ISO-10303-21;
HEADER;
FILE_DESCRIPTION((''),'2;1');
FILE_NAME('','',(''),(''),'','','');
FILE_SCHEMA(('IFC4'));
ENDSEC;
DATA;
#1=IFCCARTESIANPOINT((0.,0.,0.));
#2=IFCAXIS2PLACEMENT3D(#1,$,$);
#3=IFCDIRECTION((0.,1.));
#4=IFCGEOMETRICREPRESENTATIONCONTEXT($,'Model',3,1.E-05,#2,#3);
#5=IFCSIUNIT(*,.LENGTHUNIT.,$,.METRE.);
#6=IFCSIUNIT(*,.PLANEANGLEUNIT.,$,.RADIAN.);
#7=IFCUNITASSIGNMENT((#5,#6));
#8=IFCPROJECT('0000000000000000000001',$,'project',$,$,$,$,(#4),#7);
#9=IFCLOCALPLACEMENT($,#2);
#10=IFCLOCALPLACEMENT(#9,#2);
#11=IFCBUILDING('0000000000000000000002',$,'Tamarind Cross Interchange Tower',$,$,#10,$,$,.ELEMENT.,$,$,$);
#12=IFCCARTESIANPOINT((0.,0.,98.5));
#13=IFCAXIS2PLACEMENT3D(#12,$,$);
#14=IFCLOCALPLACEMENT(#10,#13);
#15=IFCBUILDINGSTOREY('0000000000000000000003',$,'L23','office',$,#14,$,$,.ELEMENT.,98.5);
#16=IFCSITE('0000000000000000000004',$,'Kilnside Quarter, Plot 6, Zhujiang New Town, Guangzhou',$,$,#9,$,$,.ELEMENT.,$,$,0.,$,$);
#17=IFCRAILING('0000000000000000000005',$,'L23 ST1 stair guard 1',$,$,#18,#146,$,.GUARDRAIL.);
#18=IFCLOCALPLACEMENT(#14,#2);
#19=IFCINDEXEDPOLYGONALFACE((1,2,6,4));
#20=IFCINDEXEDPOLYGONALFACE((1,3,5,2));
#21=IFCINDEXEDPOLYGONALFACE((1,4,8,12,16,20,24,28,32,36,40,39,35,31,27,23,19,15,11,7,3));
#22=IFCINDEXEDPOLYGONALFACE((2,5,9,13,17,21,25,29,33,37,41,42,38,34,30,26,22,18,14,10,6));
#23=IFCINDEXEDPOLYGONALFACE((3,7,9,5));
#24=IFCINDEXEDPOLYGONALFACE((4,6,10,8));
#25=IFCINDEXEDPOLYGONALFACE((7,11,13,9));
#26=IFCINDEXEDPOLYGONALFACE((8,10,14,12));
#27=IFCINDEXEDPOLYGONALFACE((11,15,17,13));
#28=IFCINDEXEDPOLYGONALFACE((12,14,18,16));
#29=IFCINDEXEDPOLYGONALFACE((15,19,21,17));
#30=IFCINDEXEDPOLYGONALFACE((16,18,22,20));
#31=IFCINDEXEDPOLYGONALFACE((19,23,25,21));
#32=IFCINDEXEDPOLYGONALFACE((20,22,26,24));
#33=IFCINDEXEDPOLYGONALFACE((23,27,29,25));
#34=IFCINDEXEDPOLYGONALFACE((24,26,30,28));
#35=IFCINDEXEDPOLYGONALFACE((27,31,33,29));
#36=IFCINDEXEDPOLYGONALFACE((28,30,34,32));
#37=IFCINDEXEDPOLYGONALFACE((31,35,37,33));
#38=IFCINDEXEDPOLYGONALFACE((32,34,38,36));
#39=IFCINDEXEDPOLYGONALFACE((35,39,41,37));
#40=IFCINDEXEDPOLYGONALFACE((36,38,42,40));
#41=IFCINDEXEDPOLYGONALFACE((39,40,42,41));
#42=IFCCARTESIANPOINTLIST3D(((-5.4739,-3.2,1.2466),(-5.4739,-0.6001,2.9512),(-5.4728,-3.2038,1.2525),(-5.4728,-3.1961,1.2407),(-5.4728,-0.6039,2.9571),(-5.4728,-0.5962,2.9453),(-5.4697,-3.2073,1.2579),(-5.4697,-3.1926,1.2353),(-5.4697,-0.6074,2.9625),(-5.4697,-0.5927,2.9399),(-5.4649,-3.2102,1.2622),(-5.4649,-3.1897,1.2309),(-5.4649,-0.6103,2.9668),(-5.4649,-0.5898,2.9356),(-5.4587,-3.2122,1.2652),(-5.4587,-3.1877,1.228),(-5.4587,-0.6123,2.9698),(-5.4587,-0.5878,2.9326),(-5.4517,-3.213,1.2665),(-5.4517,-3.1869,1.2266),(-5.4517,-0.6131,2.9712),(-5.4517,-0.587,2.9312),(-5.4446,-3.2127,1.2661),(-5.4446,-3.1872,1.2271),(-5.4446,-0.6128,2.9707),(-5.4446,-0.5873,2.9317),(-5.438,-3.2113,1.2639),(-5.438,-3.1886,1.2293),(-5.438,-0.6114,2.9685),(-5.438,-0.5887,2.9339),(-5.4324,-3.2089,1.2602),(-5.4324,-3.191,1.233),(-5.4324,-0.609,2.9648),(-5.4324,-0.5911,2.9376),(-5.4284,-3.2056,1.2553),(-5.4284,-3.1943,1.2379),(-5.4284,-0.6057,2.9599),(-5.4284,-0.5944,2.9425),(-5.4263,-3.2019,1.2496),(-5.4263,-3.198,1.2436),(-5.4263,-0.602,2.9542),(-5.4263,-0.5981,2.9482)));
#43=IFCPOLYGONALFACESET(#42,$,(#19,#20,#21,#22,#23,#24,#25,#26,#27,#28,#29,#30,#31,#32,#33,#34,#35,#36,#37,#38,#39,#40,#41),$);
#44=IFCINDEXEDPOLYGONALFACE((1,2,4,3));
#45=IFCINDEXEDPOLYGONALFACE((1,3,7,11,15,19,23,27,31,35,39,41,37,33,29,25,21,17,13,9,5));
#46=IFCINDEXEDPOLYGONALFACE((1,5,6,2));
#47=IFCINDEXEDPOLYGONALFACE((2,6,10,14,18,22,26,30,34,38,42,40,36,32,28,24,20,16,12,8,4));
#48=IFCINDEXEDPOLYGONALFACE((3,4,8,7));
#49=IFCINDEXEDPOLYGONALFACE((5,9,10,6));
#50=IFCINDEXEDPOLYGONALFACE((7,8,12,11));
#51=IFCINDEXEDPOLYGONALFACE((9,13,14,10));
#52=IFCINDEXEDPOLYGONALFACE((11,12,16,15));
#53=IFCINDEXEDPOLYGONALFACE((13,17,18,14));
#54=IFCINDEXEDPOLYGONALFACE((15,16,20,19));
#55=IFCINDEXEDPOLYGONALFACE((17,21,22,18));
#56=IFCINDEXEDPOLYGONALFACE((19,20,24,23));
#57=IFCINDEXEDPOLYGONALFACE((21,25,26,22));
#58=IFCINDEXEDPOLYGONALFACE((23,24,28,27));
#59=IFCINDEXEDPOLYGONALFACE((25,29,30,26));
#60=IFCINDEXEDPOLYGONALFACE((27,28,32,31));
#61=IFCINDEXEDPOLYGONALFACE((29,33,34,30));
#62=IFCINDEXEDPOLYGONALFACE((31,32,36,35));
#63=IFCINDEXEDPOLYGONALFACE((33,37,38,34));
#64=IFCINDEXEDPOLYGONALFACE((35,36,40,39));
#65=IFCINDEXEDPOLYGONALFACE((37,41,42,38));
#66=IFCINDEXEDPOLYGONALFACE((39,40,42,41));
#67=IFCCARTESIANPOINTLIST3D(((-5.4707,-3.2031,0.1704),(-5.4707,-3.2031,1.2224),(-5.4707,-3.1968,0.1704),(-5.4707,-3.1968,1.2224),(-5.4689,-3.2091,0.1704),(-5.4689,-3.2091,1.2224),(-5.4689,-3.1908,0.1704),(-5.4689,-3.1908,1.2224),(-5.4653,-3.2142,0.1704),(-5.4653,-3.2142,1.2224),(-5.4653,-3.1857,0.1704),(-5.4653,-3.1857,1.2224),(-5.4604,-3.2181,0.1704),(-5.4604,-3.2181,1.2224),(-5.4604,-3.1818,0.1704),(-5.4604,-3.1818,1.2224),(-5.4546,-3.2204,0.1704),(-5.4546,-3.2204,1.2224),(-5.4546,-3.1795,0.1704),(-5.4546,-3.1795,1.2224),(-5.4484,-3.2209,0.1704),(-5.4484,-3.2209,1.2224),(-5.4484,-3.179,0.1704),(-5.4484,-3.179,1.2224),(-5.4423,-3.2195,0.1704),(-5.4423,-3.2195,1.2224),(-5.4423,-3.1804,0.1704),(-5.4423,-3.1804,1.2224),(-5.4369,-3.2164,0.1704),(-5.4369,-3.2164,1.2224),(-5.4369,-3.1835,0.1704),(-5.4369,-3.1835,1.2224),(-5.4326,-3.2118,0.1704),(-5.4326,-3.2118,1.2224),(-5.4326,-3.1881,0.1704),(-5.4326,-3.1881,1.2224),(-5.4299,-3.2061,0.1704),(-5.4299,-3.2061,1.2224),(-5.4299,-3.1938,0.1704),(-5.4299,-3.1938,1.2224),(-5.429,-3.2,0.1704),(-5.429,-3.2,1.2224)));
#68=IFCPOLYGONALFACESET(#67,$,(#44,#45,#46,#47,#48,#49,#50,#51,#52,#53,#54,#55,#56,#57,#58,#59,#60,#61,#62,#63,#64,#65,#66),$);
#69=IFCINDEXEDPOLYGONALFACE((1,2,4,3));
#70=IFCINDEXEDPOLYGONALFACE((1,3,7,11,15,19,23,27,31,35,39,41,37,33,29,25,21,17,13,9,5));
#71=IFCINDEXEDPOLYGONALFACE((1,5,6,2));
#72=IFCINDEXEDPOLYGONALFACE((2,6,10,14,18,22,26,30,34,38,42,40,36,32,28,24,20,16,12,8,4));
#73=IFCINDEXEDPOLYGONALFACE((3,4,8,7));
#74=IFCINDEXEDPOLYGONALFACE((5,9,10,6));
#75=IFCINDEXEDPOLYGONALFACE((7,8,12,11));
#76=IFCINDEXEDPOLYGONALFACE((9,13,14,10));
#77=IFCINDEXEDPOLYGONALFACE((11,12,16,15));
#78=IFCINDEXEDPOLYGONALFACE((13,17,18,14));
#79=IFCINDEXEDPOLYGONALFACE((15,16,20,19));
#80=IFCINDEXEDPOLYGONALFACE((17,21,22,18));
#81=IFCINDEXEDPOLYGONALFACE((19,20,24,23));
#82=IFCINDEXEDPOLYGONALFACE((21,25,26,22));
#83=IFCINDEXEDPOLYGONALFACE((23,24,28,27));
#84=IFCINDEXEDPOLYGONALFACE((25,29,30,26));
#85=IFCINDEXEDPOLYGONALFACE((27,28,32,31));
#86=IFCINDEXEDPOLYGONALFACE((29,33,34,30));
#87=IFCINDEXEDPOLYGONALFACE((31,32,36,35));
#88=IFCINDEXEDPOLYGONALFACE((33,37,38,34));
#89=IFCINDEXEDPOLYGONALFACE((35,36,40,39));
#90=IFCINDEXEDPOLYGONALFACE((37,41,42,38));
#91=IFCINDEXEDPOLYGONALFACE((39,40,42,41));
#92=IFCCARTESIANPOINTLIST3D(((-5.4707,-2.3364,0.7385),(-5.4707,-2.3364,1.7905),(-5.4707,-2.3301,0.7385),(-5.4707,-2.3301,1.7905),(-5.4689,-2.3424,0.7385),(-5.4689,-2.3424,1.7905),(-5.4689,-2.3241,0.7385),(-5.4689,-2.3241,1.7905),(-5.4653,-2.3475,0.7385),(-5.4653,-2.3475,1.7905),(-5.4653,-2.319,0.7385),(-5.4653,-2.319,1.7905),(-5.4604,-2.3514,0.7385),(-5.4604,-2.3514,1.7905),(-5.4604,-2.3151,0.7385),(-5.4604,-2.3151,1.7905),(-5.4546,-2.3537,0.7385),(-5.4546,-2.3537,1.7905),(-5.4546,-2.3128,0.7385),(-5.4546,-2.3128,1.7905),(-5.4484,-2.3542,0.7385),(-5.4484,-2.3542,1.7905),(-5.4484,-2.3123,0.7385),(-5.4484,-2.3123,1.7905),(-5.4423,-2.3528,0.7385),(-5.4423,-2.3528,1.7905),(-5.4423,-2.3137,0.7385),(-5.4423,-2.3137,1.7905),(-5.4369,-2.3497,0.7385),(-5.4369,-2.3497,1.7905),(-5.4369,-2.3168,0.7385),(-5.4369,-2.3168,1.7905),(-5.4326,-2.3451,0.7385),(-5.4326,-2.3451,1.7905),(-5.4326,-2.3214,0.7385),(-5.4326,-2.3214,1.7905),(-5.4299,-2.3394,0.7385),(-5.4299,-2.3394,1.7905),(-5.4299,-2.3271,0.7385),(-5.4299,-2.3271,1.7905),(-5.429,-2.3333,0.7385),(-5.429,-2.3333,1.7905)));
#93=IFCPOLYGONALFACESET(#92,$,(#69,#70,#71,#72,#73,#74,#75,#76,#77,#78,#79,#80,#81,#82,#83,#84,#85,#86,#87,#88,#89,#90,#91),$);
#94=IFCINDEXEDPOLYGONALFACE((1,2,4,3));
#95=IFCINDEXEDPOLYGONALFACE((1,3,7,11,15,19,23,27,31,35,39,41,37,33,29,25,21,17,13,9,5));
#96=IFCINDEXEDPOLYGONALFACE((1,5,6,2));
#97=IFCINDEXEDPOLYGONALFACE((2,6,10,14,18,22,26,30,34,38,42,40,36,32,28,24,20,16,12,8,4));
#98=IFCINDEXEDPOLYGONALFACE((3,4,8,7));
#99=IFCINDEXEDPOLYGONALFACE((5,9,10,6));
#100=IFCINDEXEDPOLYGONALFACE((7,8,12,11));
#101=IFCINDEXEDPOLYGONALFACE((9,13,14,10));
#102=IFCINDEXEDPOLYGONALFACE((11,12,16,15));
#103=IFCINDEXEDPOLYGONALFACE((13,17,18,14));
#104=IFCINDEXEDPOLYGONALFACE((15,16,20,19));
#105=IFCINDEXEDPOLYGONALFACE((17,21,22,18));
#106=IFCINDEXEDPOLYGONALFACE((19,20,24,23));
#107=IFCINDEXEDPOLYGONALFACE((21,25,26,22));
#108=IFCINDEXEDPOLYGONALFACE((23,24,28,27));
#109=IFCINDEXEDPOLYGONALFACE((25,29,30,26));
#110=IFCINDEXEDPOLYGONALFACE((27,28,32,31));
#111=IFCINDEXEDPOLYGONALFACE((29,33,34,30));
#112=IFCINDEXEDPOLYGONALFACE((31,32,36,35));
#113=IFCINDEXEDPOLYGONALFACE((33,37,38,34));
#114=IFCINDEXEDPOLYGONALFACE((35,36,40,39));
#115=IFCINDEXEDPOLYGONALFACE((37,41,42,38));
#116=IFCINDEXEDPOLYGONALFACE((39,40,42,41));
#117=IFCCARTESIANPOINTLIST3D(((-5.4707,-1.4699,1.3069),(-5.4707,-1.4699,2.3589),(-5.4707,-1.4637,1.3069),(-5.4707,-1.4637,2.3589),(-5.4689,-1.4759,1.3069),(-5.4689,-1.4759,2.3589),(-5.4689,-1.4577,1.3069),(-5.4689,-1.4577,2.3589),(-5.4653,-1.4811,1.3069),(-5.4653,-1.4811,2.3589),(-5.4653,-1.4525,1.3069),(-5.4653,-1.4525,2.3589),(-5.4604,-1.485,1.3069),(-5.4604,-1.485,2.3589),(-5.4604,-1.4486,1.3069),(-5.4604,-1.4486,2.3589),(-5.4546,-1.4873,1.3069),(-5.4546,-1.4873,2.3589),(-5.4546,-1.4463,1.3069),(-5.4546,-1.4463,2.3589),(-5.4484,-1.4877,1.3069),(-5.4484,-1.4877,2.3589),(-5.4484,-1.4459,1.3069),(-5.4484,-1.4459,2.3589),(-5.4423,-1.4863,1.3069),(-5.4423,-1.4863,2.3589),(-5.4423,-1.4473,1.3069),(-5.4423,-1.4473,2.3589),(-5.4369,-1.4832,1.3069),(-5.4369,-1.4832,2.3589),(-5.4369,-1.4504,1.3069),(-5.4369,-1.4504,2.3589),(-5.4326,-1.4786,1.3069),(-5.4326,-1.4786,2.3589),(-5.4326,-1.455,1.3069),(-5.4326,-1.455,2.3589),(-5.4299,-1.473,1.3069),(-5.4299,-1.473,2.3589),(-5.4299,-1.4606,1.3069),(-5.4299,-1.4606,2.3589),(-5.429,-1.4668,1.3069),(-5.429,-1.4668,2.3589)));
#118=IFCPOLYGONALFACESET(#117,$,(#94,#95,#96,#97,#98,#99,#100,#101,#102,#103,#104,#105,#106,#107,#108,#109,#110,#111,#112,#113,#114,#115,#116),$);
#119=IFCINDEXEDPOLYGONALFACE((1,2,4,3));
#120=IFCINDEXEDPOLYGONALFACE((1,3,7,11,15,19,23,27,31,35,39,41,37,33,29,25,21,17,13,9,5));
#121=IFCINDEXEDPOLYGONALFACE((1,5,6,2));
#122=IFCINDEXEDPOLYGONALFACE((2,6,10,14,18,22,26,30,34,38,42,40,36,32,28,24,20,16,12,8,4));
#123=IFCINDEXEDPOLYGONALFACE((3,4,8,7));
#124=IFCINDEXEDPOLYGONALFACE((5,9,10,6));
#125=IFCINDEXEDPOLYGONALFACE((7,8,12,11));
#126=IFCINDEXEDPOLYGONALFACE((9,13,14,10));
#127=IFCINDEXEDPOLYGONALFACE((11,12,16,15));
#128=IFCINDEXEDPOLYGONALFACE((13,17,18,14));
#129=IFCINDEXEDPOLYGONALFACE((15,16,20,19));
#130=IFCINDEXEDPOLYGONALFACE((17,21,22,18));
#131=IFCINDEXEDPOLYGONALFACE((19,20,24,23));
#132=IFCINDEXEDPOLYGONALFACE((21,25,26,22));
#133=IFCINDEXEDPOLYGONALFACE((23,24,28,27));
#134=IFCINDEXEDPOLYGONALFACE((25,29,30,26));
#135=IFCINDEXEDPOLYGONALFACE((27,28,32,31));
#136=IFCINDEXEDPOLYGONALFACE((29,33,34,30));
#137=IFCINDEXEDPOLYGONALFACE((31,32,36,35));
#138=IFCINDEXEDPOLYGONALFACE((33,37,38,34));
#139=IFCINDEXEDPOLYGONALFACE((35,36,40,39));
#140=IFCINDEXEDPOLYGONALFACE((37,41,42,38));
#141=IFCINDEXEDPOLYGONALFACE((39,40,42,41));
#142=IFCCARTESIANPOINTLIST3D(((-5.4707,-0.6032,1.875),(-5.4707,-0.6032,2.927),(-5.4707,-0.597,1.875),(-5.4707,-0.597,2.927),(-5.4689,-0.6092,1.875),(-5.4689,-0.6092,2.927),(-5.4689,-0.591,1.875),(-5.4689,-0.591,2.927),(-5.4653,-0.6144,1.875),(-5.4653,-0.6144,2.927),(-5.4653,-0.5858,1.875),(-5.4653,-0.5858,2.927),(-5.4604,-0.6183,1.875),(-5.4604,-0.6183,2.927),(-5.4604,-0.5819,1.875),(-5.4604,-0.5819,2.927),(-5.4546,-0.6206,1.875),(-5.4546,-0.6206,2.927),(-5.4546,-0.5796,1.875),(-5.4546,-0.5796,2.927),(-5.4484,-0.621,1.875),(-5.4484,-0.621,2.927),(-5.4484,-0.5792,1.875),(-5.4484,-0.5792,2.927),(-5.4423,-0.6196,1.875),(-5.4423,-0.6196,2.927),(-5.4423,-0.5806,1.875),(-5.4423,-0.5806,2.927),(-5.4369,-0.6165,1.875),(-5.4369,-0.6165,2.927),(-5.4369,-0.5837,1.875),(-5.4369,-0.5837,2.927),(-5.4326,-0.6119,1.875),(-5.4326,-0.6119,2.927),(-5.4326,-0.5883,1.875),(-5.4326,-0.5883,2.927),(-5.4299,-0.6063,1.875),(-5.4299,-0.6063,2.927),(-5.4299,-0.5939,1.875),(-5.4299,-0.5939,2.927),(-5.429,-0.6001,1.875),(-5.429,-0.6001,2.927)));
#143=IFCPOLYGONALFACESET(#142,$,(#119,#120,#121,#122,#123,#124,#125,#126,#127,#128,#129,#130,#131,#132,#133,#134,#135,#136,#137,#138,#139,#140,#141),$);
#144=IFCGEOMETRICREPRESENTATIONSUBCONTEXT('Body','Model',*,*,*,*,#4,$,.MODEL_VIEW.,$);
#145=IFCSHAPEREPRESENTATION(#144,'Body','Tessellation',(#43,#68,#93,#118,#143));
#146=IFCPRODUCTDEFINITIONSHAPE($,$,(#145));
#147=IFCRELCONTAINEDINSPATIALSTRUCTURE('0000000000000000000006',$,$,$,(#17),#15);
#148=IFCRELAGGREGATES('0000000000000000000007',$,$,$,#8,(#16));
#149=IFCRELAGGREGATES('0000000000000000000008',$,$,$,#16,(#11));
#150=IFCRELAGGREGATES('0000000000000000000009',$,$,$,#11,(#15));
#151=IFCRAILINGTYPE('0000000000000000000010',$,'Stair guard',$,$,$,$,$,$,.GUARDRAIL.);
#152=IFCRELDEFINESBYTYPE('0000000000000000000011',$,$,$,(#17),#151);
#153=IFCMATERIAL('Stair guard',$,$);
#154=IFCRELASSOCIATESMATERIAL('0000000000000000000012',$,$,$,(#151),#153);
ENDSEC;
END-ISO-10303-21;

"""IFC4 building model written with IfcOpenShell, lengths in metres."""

from ifc_helpers import new_model, si_unit, direction, frame, origin, origin_2d, place, context, subcontext, project, spatial, circle, extrude, material, type_object, element, save


model = new_model("IFC4")

# Units and contexts
model_context = context("Model", 3, precision=1e-05, world=origin(), true_north=direction((0.0, 1.0)))
body_context = subcontext(model_context, "Body", "Model", "MODEL_VIEW")
ifc_project = project(units=[si_unit("LENGTHUNIT", "METRE"), si_unit("PLANEANGLEUNIT", "RADIAN")], contexts=[model_context])

# Site, building, storey
site_placement = place(None, origin())
site = spatial("IfcSite", under=ifc_project, at=site_placement, Name="Kilnside Quarter, Plot 6, Zhujiang New Town, Guangzhou", CompositionType="ELEMENT", RefElevation=0.0)
building_placement = place(site_placement, origin())
building = spatial("IfcBuilding", under=site, at=building_placement, Name="Tamarind Cross Interchange Tower", CompositionType="ELEMENT")
storey_placement = place(building_placement, frame((0.0, 0.0, 98.5)))
storey = spatial("IfcBuildingStorey", under=building, at=storey_placement, Name="L23", Description="office", CompositionType="ELEMENT", Elevation=98.5)

# Railing
ifc_material_1 = material(Name="Stair guard")
railing_type_1 = type_object("IfcRailingType", Name="Stair guard", PredefinedType="GUARDRAIL", material=ifc_material_1)
railing_1_placement = place(storey_placement, frame((-5.45, -3.2, 0.1704)))
element("IfcRailing", 1, at=railing_1_placement, inside=storey, type_object=railing_type_1, Name="L23 ST1 stair guard 1", PredefinedType="GUARDRAIL", context=body_context, shape_type="SweptSolid", body=[
    extrude(circle(Radius=0.0239, at=origin_2d()), frame((0.0, 0.0, 1.0762), z_axis=(0.0, 0.836279, 0.548305), x_axis=(-1.0, 0.0, 0.0)), (0.0, 0.0, 1.0), 3.1089),
    extrude(circle(Radius=0.021, at=origin_2d()), origin(), (0.0, 0.0, 1.0), 1.052),
    extrude(circle(Radius=0.021, at=origin_2d()), frame((0.0, 0.8667, 0.5681)), (0.0, 0.0, 1.0), 1.052),
    extrude(circle(Radius=0.021, at=origin_2d()), frame((0.0, 1.7332, 1.1365)), (0.0, 0.0, 1.0), 1.052),
    extrude(circle(Radius=0.021, at=origin_2d()), frame((0.0, 2.5999, 1.7046)), (0.0, 0.0, 1.0), 1.052),
])

save(model, "model.ifc")
